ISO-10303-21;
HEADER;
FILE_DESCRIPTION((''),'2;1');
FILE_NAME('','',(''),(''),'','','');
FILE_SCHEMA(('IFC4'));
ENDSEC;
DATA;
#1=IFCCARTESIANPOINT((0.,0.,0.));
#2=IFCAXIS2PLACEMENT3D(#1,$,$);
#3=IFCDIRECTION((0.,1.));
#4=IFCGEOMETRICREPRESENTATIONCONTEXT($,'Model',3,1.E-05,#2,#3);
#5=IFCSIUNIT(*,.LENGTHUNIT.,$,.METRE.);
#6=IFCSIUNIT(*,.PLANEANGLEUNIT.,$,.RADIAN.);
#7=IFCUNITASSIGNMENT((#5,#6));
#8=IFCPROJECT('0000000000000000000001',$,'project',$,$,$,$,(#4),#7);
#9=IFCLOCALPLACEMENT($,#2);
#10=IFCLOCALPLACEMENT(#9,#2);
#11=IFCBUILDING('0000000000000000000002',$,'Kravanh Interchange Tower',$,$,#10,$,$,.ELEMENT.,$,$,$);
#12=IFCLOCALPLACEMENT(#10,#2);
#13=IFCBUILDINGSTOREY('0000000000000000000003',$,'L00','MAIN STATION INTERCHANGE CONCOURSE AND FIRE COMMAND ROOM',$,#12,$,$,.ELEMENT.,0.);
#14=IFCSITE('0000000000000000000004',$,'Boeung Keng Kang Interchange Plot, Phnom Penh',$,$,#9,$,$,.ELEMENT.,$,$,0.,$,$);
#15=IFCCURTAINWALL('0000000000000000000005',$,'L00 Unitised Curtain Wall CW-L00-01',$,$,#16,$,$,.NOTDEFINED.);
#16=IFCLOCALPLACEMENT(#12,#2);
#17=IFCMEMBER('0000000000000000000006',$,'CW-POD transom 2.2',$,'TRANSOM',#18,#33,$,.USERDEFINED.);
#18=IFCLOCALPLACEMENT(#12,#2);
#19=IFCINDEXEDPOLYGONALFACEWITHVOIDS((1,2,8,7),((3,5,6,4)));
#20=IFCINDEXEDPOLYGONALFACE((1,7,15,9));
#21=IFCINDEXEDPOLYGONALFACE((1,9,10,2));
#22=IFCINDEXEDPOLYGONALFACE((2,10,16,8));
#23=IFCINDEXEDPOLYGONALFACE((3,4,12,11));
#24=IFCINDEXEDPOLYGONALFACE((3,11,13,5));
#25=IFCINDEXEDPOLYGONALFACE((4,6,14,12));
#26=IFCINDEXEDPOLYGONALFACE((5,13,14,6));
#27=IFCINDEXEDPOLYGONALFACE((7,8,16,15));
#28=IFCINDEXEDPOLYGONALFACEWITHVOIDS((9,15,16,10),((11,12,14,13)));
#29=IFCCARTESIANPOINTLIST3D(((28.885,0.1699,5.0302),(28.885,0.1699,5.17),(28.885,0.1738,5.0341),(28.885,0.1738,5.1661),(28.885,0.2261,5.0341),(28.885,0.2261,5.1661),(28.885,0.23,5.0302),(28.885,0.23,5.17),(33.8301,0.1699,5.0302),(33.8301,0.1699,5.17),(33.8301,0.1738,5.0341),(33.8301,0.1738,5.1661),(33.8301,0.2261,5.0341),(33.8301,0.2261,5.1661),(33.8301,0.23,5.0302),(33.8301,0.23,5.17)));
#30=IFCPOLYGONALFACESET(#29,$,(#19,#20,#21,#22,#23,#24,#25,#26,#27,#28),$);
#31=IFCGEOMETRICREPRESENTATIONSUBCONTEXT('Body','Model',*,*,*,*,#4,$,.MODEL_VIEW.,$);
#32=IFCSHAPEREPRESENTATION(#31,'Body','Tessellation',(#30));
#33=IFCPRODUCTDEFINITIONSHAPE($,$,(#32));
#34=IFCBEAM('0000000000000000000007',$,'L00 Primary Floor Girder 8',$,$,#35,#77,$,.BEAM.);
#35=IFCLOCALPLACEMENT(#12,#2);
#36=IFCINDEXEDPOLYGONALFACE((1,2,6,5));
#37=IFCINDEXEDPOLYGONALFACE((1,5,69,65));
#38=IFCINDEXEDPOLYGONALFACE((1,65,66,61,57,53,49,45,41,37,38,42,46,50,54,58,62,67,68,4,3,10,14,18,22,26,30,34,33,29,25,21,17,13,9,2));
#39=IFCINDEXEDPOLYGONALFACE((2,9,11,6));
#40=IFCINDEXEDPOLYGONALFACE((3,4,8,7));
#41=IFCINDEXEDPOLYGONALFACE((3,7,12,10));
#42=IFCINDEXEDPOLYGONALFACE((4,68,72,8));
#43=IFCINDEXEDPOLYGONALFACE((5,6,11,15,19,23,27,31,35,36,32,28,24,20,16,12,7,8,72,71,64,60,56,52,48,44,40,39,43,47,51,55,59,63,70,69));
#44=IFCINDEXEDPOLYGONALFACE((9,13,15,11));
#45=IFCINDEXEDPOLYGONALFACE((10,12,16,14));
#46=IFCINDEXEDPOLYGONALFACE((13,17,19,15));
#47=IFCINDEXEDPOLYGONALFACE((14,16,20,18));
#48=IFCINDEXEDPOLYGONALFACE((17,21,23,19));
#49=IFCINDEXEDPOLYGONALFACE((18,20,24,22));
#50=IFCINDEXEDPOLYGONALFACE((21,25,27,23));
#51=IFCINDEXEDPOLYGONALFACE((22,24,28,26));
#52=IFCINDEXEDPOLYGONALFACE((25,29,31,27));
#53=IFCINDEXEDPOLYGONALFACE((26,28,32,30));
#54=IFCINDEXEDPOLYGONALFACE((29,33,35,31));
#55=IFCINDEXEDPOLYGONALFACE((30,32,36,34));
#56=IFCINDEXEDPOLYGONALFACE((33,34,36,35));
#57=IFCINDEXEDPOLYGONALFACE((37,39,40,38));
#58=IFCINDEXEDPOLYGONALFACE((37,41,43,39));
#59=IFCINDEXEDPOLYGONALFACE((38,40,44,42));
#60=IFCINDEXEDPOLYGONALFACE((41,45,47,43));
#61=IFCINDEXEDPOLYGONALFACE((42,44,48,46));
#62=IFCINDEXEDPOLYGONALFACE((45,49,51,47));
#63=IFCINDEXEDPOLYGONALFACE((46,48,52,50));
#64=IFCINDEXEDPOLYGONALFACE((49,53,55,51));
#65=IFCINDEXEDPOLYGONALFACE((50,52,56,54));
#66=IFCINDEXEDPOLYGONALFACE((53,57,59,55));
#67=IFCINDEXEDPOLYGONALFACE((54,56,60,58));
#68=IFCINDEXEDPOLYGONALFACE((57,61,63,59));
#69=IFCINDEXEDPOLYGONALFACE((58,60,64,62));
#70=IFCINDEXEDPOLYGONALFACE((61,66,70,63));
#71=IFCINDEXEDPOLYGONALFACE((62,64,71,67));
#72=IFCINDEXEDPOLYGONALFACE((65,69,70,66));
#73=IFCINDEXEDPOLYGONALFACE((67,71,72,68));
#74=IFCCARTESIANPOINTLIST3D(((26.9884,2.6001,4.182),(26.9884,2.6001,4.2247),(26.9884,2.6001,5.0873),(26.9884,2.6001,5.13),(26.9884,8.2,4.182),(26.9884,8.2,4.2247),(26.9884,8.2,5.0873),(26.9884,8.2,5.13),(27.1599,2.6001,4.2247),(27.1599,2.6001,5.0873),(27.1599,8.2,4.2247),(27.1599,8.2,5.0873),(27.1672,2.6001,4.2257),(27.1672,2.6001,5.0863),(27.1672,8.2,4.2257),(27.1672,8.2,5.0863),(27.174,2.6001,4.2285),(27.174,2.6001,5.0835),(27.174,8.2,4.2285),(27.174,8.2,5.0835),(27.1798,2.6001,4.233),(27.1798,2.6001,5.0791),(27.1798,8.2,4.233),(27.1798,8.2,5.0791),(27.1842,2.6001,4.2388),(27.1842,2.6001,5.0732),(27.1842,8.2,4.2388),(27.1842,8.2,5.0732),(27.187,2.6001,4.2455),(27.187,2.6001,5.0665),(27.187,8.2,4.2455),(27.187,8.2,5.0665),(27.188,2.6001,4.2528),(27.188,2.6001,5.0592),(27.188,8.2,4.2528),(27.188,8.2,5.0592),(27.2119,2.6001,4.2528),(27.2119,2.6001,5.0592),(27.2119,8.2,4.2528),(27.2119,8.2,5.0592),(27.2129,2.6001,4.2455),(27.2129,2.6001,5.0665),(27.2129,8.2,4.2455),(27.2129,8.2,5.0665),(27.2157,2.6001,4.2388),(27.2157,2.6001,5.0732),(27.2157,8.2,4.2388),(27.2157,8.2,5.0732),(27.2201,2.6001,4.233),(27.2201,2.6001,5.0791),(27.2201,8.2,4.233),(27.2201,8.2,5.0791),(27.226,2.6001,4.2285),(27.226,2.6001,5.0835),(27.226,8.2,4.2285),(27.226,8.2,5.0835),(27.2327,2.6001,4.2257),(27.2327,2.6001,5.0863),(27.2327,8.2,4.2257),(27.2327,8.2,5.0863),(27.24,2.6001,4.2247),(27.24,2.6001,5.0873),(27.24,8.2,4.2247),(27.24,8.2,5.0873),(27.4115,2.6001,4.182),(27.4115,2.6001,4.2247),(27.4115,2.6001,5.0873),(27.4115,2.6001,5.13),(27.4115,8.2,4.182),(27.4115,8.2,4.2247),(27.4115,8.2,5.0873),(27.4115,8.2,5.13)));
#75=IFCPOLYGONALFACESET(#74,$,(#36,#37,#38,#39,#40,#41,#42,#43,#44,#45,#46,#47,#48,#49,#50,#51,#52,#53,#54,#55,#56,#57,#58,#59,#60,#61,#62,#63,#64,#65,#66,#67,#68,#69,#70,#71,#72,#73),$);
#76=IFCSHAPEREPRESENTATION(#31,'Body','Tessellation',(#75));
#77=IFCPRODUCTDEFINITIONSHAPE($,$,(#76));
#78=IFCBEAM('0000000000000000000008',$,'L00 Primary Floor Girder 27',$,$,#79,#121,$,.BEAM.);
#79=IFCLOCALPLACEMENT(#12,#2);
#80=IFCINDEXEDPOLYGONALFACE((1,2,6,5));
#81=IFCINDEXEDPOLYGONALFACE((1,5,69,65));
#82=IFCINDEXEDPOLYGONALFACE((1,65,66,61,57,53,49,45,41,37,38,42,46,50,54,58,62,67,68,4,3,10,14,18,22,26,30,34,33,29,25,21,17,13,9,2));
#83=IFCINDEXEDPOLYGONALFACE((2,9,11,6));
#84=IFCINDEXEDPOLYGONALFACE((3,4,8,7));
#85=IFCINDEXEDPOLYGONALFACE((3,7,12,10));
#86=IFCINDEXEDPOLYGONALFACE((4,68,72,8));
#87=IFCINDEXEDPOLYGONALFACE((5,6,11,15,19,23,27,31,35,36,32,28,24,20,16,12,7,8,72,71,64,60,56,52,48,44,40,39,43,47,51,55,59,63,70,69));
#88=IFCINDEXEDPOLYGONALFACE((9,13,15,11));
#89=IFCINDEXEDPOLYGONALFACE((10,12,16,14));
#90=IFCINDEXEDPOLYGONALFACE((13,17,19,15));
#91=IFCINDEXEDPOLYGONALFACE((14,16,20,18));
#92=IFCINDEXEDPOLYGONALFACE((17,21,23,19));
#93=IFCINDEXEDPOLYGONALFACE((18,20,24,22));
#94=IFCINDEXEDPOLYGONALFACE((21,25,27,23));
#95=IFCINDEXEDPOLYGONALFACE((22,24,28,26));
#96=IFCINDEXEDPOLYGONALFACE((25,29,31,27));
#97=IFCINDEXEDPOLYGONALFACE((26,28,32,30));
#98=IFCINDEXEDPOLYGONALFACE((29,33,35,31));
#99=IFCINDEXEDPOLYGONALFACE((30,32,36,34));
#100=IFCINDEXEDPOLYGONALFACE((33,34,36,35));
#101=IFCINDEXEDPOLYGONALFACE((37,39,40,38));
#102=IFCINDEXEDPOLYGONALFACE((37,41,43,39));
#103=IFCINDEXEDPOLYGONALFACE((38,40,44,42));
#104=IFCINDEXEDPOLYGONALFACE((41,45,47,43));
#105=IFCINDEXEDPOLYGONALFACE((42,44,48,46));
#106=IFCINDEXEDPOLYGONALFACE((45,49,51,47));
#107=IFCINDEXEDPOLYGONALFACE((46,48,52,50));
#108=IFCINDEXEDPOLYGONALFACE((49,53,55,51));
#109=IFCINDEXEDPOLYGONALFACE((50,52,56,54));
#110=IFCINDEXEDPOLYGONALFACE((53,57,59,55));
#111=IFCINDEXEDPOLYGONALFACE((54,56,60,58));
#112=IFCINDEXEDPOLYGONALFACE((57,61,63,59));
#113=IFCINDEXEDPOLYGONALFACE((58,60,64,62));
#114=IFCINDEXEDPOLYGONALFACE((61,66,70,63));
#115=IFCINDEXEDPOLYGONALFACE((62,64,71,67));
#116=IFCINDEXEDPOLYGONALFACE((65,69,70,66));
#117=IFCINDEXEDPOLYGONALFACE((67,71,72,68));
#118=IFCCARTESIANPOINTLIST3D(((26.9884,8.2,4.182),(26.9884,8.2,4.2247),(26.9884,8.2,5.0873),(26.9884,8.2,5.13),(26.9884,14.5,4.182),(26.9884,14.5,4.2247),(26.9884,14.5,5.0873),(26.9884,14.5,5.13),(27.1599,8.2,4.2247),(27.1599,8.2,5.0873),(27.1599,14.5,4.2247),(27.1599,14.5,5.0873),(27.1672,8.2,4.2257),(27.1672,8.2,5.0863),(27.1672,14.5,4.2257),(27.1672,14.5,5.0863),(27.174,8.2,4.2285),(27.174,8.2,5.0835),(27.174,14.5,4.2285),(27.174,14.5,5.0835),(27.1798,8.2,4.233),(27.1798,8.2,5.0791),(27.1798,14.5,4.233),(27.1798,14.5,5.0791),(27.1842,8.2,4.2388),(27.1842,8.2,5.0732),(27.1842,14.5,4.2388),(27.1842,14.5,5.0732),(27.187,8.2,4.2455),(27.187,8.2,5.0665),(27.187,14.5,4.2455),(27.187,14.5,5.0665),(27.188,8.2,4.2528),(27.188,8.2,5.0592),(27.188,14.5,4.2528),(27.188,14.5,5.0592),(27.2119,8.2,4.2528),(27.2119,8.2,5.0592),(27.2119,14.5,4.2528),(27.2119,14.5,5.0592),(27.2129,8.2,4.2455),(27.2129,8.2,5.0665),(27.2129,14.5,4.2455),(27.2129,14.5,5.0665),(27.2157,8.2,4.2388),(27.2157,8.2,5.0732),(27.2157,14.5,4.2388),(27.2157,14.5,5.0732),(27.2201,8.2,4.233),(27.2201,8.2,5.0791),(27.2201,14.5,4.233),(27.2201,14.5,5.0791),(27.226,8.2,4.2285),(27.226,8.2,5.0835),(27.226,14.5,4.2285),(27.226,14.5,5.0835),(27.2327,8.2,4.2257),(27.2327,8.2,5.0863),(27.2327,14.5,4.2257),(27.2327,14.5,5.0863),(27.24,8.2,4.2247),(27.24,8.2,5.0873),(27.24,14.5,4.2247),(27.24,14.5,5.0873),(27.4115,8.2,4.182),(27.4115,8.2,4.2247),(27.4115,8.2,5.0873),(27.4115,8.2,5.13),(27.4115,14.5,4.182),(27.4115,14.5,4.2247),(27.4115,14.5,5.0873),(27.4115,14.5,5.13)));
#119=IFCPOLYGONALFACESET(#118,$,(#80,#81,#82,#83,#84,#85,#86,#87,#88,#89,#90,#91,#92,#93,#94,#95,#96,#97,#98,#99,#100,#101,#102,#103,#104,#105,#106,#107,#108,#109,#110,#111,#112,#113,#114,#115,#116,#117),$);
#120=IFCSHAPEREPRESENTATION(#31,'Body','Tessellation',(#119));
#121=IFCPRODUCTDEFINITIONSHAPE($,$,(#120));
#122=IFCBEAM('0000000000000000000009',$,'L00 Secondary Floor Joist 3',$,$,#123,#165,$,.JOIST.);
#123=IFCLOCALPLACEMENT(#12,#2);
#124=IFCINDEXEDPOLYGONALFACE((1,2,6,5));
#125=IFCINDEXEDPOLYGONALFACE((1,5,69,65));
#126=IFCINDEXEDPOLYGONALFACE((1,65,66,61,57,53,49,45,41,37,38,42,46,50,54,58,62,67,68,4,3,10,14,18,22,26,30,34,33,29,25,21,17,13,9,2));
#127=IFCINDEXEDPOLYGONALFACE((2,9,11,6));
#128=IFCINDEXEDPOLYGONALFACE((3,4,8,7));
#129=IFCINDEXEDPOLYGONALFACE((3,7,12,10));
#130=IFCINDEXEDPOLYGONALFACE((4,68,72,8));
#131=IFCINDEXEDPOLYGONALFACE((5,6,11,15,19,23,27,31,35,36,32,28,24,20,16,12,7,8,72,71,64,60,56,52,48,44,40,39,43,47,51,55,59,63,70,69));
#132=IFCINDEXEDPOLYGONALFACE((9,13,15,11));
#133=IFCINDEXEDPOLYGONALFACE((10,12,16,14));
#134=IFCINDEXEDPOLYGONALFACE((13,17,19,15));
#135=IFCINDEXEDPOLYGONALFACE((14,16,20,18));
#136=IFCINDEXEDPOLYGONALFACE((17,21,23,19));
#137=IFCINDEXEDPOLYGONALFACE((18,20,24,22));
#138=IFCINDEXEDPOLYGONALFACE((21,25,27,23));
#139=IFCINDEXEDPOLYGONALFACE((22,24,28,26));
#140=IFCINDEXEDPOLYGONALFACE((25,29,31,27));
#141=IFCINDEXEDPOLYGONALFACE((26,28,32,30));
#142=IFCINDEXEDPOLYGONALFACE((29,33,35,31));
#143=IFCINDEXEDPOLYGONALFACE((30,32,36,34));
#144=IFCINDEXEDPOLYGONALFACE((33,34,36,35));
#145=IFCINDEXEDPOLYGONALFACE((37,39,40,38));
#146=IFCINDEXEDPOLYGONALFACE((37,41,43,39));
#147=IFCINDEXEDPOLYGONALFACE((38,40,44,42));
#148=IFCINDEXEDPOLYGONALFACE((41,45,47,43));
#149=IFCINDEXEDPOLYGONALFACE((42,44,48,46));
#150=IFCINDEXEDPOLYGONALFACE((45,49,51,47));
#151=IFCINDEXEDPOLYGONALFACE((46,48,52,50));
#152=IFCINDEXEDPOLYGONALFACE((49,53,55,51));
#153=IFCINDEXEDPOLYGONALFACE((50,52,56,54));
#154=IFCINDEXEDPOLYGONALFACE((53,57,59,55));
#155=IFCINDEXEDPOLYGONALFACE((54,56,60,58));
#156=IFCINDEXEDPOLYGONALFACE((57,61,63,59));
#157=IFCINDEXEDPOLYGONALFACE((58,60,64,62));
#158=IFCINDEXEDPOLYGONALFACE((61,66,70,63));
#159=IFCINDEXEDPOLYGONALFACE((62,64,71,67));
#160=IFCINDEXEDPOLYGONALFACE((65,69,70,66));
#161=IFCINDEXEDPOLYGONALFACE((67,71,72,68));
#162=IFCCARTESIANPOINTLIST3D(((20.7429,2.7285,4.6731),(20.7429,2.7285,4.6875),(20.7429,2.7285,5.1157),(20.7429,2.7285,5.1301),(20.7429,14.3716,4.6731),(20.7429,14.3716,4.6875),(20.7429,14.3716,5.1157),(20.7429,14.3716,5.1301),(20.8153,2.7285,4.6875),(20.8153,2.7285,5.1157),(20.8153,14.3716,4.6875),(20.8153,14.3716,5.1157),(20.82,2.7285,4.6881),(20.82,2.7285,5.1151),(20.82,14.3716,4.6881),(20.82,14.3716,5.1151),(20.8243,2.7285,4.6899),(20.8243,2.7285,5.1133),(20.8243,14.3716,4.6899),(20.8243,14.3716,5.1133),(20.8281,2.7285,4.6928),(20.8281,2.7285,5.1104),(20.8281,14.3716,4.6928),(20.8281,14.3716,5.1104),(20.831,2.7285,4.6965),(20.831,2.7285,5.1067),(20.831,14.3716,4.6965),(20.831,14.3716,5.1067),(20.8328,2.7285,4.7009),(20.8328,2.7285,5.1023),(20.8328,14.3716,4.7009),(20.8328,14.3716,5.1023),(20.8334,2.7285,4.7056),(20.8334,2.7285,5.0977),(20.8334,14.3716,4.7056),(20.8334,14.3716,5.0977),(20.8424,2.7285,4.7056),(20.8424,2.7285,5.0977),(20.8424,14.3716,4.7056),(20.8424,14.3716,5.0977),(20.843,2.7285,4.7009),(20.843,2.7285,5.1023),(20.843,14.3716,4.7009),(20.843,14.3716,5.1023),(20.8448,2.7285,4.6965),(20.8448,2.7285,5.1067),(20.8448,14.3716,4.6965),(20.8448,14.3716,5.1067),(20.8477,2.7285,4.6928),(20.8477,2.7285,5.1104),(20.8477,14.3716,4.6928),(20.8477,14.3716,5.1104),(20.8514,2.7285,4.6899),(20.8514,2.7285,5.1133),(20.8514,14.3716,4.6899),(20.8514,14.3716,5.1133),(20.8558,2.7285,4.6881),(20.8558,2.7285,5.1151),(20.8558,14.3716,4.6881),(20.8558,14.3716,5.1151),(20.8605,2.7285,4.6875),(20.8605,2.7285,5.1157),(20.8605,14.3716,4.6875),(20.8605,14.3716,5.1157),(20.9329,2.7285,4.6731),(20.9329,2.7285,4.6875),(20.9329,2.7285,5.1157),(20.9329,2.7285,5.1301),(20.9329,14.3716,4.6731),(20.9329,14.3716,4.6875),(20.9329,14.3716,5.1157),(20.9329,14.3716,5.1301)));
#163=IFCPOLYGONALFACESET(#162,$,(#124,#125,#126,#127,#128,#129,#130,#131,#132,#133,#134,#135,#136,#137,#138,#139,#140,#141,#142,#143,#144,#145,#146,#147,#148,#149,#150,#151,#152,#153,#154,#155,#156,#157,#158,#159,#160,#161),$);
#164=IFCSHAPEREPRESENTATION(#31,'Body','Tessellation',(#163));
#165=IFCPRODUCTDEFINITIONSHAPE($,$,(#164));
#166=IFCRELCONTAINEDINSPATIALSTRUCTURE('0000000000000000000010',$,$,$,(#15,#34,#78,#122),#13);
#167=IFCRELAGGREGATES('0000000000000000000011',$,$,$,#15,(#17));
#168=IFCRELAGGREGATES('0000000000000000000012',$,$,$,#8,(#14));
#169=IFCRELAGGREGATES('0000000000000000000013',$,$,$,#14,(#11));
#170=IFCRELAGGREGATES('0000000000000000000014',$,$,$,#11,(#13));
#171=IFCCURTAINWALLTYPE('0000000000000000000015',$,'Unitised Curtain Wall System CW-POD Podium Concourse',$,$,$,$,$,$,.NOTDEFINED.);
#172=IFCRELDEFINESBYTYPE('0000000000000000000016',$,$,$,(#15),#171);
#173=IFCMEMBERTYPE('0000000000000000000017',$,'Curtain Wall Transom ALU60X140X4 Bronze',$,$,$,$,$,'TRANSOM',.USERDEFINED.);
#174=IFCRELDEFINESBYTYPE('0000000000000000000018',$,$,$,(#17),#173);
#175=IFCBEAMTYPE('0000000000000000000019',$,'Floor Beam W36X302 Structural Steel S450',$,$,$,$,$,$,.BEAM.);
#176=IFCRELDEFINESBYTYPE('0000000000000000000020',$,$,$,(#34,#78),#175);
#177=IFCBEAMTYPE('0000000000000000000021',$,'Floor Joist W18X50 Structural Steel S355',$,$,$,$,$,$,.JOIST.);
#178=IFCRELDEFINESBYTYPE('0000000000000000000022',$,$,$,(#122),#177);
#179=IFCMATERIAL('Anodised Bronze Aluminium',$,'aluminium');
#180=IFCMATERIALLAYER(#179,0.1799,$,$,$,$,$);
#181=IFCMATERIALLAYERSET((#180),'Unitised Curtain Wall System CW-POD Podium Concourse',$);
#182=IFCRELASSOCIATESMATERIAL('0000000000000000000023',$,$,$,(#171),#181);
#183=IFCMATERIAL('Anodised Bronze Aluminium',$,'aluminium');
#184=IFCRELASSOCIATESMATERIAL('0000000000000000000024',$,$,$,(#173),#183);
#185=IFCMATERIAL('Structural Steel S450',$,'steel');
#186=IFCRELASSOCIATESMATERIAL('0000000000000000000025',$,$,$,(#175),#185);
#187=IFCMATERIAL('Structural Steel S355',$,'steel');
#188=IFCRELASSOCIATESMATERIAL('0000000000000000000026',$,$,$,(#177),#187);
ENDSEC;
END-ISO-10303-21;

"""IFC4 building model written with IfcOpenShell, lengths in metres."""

from ifc_helpers import new_model, si_unit, direction, frame, origin, origin_2d, place, context, subcontext, project, spatial, hollow_rectangle, i_section, extrude, material, layer, layer_set, material_profile, profile_set, type_object, element, aggregate, save


model = new_model("IFC4")

# Units and contexts
model_context = context("Model", 3, precision=1e-05, world=origin(), true_north=direction((0.0, 1.0)))
body_context = subcontext(model_context, "Body", "Model", "MODEL_VIEW")
ifc_project = project(units=[si_unit("LENGTHUNIT", "METRE"), si_unit("PLANEANGLEUNIT", "RADIAN")], contexts=[model_context])

# Site, building, storey
site_placement = place(None, origin())
site = spatial("IfcSite", under=ifc_project, at=site_placement, Name="Boeung Keng Kang Interchange Plot, Phnom Penh", CompositionType="ELEMENT", RefElevation=0.0)
building_placement = place(site_placement, origin())
building = spatial("IfcBuilding", under=site, at=building_placement, Name="Kravanh Interchange Tower", CompositionType="ELEMENT")
storey_placement = place(building_placement, origin())
storey = spatial("IfcBuildingStorey", under=building, at=storey_placement, Name="L00", Description="MAIN STATION INTERCHANGE CONCOURSE AND FIRE COMMAND ROOM", CompositionType="ELEMENT", Elevation=0.0)

# Curtain wall, member
ifc_material_1 = material(Name="Anodised Bronze Aluminium", Category="aluminium")
ifc_layer_1 = layer(ifc_material_1, 0.1799)
ifc_layer_set_1 = layer_set([ifc_layer_1], Name="Unitised Curtain Wall System CW-POD Podium Concourse")
curtain_wall_type = type_object("IfcCurtainWallType", Name="Unitised Curtain Wall System CW-POD Podium Concourse", PredefinedType="NOTDEFINED", material=ifc_layer_set_1)
curtain_wall_placement = place(storey_placement, origin())
curtain_wall = element("IfcCurtainWall", 1, at=curtain_wall_placement, inside=storey, type_object=curtain_wall_type, Name="L00 Unitised Curtain Wall CW-L00-01", PredefinedType="NOTDEFINED")
ifc_material_2 = material(Name="Anodised Bronze Aluminium", Category="aluminium")
ifc_material_profile_1 = material_profile(ifc_material_2, hollow_rectangle(XDim=0.0601, YDim=0.1399, WallThickness=0.0039, at=origin_2d()), Name="ALU60X140X4")
ifc_profile_set_1 = profile_set([ifc_material_profile_1], Name="Anodised Bronze Aluminium")
member_type_1 = type_object("IfcMemberType", Name="Curtain Wall Transom ALU60X140X4 Bronze", ElementType="TRANSOM", PredefinedType="USERDEFINED", material=ifc_profile_set_1)
member_1_placement = place(storey_placement, frame((28.885, 0.2, 5.1001), z_axis=(1.0, 0.0, 0.0), x_axis=(0.0, 1.0, 0.0)))
member_1 = element("IfcMember", 2, at=member_1_placement, type_object=member_type_1, Name="CW-POD transom 2.2", ObjectType="TRANSOM", PredefinedType="USERDEFINED", context=body_context, shape_type="SweptSolid", body=[
    extrude(hollow_rectangle(XDim=0.0601, YDim=0.1399, WallThickness=0.0039, at=origin_2d()), origin(), (0.0, 0.0, 1.0), 4.9451),
])

# Beams
ifc_material_3 = material(Name="Structural Steel S450", Category="steel")
ifc_material_profile_2 = material_profile(ifc_material_3, i_section(OverallWidth=0.4231, OverallDepth=0.948, WebThickness=0.0239, FlangeThickness=0.0427, FilletRadius=0.0281, at=origin_2d()), Name="W36X302")
ifc_profile_set_2 = profile_set([ifc_material_profile_2], Name="Structural Steel S450")
beam_type_1 = type_object("IfcBeamType", Name="Floor Beam W36X302 Structural Steel S450", PredefinedType="BEAM", material=ifc_profile_set_2)
beam_1_placement = place(storey_placement, frame((27.2, 2.6001, 4.656), z_axis=(0.0, 1.0, 0.0), x_axis=(-1.0, 0.0, 0.0)))
element("IfcBeam", 3, at=beam_1_placement, inside=storey, type_object=beam_type_1, Name="L00 Primary Floor Girder 8", PredefinedType="BEAM", context=body_context, shape_type="SweptSolid", body=[
    extrude(i_section(OverallWidth=0.4231, OverallDepth=0.948, WebThickness=0.0239, FlangeThickness=0.0427, FilletRadius=0.0281, at=origin_2d()), origin(), (0.0, 0.0, 1.0), 5.5999),
])
beam_2_placement = place(storey_placement, frame((27.2, 8.2, 4.656), z_axis=(0.0, 1.0, 0.0), x_axis=(-1.0, 0.0, 0.0)))
element("IfcBeam", 4, at=beam_2_placement, inside=storey, type_object=beam_type_1, Name="L00 Primary Floor Girder 27", PredefinedType="BEAM", context=body_context, shape_type="SweptSolid", body=[
    extrude(i_section(OverallWidth=0.4231, OverallDepth=0.948, WebThickness=0.0239, FlangeThickness=0.0427, FilletRadius=0.0281, at=origin_2d()), origin(), (0.0, 0.0, 1.0), 6.3),
])
ifc_material_4 = material(Name="Structural Steel S355", Category="steel")
ifc_material_profile_3 = material_profile(ifc_material_4, i_section(OverallWidth=0.1899, OverallDepth=0.457, WebThickness=0.009, FlangeThickness=0.0144, FilletRadius=0.0181, at=origin_2d()), Name="W18X50")
ifc_profile_set_3 = profile_set([ifc_material_profile_3], Name="Structural Steel S355")
beam_type_2 = type_object("IfcBeamType", Name="Floor Joist W18X50 Structural Steel S355", PredefinedType="JOIST", material=ifc_profile_set_3)
for number, where, z_axis, x_axis, name in (
    (5, (20.8379, 2.7285, 4.9016), (0.0, 1.0, 0.0), (-1.0, 0.0, 0.0), "L00 Secondary Floor Joist 3"),
):
    element("IfcBeam", number, at=place(storey_placement, frame(where, z_axis=z_axis, x_axis=x_axis)), inside=storey, type_object=beam_type_2, Name=name, PredefinedType="JOIST", context=body_context, shape_type="SweptSolid", body=[
        extrude(i_section(OverallWidth=0.1899, OverallDepth=0.457, WebThickness=0.009, FlangeThickness=0.0144, FilletRadius=0.0181, at=origin_2d()), origin(), (0.0, 0.0, 1.0), 11.6431),
    ])

aggregate(curtain_wall, [member_1])

save(model, "model.ifc")
